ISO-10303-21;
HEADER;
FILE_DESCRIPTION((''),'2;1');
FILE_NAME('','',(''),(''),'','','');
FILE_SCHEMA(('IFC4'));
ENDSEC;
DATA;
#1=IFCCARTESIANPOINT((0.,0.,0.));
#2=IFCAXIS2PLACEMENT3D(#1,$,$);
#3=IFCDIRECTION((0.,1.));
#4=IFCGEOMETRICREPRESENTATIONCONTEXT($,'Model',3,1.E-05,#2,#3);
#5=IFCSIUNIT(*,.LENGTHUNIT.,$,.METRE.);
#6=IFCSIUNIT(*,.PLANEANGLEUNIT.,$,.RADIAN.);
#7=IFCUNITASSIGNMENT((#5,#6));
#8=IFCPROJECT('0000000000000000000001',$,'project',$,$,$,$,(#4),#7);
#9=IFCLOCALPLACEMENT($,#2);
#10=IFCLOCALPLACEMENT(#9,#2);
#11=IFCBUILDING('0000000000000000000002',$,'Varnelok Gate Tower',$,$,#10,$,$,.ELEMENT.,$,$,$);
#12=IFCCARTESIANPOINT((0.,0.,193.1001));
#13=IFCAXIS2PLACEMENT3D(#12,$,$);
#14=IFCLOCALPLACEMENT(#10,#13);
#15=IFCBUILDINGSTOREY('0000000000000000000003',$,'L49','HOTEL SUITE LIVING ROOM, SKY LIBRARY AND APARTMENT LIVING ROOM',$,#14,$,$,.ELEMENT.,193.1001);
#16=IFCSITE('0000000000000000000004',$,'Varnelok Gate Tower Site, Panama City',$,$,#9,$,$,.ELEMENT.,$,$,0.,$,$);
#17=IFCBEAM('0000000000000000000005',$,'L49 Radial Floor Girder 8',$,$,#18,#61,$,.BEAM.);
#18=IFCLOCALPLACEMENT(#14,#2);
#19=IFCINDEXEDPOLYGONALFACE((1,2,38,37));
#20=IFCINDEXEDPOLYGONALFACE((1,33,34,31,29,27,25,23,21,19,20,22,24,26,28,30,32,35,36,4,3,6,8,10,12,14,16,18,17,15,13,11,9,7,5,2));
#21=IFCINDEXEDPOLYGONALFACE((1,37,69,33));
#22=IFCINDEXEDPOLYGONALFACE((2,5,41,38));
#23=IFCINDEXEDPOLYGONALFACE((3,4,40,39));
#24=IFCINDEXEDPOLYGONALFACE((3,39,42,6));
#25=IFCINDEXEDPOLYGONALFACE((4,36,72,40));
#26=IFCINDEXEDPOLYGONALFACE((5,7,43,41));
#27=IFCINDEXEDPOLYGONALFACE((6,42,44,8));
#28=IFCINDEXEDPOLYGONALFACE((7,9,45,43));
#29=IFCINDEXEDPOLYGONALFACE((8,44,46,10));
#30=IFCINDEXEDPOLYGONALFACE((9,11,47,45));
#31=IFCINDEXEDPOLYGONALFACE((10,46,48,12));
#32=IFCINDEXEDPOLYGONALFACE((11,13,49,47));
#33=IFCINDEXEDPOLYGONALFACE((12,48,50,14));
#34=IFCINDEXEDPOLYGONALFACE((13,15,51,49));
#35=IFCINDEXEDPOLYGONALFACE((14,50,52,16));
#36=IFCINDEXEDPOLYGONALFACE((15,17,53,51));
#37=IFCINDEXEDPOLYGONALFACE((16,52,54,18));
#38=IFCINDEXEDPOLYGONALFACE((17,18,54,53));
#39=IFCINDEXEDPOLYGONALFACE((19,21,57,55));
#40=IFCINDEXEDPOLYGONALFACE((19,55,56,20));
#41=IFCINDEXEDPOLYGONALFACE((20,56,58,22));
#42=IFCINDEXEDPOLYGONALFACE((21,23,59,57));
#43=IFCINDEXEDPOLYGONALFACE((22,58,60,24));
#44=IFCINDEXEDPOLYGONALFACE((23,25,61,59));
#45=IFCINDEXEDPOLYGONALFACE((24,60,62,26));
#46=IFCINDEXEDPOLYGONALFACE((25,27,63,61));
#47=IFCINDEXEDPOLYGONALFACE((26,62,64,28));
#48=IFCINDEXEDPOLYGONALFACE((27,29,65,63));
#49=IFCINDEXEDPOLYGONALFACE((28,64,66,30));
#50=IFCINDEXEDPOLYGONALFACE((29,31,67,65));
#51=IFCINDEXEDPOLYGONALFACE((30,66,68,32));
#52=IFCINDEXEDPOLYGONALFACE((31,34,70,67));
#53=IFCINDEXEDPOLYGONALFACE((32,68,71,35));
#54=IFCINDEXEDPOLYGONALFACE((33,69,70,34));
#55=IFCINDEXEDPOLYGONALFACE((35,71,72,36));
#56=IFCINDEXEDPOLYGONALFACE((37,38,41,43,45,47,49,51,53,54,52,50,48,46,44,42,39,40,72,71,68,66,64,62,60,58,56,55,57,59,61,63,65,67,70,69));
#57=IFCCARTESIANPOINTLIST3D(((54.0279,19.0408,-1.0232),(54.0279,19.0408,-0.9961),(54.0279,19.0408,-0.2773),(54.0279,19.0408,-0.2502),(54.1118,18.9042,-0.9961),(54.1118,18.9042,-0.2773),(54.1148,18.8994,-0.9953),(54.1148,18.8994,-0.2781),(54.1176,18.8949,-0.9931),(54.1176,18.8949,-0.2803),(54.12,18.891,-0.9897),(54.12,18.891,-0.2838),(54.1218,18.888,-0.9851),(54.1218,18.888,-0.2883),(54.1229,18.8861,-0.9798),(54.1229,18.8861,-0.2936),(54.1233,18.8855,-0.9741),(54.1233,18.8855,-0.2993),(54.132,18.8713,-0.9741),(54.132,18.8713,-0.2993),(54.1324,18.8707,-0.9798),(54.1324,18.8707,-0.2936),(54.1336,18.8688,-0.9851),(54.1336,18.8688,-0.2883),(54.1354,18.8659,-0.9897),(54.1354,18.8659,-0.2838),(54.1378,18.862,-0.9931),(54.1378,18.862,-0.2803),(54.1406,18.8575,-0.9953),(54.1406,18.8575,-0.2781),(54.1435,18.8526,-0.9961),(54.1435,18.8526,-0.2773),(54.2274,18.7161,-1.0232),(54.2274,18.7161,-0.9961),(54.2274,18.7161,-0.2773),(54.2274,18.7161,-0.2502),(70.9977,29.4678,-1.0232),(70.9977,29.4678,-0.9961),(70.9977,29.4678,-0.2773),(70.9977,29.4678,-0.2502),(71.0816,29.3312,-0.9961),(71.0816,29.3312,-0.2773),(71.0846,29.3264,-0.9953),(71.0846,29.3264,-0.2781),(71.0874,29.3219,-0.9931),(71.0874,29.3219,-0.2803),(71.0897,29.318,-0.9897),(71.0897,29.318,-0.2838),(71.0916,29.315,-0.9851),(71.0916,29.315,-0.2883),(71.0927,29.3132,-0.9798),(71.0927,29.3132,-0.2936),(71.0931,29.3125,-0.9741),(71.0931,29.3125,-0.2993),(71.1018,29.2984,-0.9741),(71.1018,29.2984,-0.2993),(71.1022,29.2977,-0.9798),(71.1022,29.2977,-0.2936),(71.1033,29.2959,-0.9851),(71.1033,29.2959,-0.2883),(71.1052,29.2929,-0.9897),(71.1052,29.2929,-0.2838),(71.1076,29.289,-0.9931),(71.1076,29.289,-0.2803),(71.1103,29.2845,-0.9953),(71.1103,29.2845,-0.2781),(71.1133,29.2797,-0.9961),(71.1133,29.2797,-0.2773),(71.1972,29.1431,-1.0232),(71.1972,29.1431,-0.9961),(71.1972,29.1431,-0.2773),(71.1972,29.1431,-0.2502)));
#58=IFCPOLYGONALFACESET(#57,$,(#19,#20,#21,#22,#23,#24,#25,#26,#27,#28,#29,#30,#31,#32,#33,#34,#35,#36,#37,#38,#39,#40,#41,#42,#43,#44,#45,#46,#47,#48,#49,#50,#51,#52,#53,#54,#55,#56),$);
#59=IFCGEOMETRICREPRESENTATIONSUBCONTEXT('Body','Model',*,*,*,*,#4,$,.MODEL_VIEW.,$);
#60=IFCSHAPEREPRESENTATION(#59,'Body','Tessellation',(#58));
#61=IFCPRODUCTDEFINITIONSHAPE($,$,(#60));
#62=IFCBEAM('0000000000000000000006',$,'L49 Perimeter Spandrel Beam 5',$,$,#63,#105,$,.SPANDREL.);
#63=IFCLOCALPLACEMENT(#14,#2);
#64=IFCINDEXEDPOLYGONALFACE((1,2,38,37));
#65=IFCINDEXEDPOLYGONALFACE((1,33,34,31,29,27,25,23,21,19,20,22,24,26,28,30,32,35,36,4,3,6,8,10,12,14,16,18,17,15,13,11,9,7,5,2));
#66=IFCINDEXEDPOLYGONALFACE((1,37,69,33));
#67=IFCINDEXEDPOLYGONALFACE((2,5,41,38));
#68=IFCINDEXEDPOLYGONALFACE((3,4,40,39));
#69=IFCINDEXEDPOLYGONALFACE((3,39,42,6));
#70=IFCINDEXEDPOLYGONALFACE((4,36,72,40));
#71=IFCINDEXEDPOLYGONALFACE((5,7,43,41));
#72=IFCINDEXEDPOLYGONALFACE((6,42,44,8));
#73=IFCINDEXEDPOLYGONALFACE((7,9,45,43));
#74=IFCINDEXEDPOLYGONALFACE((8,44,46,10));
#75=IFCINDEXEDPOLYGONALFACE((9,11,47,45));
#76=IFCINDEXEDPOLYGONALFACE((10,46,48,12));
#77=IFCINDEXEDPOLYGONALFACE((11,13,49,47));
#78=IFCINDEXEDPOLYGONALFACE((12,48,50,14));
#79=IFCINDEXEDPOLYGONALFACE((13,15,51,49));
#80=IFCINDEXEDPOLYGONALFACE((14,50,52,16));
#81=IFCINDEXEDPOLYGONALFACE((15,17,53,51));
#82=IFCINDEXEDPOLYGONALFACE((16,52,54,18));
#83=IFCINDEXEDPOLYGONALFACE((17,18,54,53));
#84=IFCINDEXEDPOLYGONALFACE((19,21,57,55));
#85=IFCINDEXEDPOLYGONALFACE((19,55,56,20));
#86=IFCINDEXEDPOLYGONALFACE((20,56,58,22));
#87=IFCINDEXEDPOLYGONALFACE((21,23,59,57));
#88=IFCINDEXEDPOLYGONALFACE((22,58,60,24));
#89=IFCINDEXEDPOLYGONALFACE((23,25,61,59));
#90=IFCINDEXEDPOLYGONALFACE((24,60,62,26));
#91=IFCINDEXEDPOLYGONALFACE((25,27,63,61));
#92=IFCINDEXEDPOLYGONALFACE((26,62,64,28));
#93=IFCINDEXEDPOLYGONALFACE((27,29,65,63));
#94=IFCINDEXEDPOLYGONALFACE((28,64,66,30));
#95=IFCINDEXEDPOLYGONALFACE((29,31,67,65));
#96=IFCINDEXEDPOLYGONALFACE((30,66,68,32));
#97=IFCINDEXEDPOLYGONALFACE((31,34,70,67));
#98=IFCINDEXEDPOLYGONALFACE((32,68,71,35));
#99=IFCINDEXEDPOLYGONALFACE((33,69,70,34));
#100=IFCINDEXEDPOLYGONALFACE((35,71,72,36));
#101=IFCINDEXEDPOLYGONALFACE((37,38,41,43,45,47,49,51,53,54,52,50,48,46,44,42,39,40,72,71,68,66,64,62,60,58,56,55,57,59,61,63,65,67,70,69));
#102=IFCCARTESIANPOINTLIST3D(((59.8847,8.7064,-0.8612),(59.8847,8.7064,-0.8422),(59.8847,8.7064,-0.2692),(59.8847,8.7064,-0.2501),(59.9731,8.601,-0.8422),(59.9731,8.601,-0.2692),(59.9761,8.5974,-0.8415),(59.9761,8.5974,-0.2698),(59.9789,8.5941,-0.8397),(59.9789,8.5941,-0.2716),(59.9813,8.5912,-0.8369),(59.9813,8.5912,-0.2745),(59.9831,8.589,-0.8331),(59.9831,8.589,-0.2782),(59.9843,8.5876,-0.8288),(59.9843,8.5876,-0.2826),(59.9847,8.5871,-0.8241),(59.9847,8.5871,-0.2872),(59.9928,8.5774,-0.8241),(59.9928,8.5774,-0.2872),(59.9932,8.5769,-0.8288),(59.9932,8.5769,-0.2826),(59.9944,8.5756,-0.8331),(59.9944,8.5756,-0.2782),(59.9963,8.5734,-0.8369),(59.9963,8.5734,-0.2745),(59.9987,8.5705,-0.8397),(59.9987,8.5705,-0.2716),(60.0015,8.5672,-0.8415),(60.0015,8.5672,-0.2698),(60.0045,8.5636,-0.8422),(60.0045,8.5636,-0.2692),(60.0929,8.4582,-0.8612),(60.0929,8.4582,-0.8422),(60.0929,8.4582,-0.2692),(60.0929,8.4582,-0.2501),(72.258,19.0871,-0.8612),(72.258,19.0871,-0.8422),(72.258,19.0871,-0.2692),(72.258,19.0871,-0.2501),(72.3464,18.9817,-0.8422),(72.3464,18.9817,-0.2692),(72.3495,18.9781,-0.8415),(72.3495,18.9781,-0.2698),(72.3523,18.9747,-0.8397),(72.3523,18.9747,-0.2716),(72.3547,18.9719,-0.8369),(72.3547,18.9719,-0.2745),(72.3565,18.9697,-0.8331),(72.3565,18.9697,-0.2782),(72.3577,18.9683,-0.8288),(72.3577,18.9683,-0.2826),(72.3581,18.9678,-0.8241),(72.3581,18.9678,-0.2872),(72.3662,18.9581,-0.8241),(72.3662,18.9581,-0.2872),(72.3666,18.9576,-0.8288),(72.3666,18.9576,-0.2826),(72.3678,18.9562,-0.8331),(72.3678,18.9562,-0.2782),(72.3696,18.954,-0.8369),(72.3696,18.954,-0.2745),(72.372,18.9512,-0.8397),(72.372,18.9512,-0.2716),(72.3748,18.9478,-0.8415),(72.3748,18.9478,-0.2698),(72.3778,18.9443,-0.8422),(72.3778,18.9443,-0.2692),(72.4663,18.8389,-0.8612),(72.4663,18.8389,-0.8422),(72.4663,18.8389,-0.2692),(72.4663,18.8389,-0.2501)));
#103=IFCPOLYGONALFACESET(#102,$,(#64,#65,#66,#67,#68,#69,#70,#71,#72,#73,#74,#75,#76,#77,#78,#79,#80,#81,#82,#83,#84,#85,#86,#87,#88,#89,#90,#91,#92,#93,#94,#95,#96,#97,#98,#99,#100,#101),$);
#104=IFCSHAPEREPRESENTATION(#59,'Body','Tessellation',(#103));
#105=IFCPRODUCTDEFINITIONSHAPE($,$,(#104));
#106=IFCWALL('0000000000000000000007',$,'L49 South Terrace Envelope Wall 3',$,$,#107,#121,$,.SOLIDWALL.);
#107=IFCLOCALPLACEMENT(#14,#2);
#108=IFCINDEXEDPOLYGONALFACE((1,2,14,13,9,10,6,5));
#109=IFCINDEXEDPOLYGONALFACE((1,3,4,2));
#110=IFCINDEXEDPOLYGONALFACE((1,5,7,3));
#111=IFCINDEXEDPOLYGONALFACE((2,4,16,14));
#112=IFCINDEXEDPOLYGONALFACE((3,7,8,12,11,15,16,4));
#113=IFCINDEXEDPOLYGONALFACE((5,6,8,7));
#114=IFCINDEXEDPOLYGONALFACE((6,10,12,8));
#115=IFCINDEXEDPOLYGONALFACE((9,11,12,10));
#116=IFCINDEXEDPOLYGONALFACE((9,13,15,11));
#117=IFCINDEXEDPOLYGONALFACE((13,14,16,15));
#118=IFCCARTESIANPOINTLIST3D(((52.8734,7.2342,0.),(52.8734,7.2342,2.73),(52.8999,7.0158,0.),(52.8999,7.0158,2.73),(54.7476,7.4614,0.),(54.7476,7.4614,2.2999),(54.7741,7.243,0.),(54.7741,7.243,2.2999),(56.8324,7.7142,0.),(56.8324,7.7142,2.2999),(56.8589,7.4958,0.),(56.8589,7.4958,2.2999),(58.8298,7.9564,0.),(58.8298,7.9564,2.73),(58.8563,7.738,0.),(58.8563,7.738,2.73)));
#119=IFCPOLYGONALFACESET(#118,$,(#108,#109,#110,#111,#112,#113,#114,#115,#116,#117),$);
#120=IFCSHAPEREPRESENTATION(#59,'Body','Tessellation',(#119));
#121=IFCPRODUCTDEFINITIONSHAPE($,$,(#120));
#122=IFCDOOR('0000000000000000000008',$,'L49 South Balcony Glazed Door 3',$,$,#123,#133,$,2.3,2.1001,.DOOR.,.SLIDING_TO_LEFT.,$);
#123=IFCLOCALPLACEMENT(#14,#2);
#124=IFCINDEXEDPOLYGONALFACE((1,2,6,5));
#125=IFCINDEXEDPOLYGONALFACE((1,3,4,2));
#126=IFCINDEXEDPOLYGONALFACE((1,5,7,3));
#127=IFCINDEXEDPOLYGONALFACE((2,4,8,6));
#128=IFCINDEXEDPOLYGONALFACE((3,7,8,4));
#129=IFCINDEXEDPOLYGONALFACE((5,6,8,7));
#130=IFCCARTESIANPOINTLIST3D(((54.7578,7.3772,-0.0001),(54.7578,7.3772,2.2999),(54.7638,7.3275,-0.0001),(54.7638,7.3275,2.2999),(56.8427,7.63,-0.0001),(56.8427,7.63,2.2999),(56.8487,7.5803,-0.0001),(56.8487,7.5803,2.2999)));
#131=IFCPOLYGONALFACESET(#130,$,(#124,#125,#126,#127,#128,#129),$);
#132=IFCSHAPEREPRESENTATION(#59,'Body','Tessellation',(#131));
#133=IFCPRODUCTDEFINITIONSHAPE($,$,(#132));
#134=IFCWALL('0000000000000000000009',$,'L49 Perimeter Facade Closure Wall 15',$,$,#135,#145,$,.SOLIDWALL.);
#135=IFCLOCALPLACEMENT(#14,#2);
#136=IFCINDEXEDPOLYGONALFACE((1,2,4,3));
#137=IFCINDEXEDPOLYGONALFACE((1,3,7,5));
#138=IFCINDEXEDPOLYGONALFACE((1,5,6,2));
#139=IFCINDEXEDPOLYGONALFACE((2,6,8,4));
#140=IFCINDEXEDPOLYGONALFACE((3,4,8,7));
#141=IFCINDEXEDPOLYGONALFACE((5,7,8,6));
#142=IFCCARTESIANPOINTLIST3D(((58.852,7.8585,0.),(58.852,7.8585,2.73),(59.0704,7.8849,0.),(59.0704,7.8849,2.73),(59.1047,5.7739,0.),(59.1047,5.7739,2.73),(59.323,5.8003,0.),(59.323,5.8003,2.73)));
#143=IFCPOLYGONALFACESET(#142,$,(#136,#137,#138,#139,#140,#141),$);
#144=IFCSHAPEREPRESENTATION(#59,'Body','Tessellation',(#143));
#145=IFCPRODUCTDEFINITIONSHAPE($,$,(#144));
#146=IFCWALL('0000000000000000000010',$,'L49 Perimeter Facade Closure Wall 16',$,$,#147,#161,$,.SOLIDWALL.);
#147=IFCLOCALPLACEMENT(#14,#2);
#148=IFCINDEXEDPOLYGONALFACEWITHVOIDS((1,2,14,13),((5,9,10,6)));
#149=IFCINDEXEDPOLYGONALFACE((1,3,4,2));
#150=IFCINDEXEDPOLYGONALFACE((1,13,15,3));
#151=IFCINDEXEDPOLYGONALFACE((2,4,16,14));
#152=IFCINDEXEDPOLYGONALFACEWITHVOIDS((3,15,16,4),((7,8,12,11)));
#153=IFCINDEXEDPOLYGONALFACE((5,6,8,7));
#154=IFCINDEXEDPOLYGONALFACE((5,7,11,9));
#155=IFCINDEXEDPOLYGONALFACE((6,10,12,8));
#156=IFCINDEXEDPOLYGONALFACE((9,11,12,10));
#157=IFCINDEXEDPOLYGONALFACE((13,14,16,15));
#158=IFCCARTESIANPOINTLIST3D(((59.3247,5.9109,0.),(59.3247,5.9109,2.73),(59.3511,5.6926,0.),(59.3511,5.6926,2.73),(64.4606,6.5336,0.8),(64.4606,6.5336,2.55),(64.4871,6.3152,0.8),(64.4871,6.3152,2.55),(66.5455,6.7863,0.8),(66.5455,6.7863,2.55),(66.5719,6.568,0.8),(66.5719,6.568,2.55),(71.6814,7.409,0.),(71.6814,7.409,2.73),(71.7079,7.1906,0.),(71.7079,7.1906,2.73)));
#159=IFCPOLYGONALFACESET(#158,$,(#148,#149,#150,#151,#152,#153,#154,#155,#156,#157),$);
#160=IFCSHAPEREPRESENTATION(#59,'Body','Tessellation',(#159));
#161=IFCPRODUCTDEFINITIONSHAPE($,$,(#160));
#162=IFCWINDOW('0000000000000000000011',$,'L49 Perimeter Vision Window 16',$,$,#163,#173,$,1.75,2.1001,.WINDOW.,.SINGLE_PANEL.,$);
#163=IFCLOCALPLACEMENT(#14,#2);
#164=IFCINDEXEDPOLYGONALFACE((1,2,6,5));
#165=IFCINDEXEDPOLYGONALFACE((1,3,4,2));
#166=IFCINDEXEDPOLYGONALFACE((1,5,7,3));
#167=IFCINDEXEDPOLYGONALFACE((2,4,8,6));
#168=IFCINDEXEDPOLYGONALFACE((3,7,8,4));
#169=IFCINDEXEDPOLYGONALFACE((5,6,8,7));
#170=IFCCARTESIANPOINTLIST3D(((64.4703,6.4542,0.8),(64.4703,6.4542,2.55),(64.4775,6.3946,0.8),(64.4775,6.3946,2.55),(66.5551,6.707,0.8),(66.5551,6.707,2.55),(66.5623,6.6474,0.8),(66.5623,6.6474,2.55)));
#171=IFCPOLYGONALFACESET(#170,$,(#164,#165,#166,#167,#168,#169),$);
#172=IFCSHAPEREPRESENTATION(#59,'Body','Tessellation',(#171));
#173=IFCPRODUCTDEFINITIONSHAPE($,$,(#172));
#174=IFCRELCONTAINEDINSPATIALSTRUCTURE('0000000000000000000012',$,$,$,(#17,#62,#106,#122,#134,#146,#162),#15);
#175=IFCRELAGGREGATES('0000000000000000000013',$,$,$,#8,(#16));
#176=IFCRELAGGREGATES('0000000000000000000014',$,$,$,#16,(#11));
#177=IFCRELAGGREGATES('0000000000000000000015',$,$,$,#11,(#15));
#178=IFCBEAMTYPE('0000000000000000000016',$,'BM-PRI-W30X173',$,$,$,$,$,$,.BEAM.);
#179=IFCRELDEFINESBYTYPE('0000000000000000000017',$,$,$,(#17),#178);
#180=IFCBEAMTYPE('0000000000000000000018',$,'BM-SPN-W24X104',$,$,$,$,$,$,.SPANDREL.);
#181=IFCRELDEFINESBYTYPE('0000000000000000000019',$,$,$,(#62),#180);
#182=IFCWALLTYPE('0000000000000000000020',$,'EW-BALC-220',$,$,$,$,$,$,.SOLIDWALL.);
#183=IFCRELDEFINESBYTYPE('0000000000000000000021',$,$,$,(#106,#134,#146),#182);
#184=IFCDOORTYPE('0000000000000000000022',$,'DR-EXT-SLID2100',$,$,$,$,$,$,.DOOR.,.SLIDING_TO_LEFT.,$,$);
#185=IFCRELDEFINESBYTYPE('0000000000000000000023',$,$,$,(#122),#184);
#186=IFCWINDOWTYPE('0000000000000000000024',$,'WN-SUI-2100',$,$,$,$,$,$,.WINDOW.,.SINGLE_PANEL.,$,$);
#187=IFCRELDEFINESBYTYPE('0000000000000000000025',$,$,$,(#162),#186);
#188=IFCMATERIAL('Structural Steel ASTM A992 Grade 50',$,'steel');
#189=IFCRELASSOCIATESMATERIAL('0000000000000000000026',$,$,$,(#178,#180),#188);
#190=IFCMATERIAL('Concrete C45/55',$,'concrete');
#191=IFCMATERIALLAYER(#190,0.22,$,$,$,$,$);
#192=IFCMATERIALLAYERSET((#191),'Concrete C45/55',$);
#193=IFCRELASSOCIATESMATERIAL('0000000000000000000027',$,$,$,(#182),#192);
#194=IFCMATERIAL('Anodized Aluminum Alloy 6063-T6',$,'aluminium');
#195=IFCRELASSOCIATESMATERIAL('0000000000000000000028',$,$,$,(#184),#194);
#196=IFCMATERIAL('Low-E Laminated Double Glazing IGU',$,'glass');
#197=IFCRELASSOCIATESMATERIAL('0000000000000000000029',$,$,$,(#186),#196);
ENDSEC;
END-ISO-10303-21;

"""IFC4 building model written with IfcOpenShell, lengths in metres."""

from ifc_helpers import new_model, si_unit, direction, frame, frame_2d, origin, origin_2d, place, context, subcontext, project, spatial, rectangle, i_section, extrude, material, layer, layer_set, material_profile, profile_set, type_object, element, fill, save


model = new_model("IFC4")

# Units and contexts
model_context = context("Model", 3, precision=1e-05, world=origin(), true_north=direction((0.0, 1.0)))
body_context = subcontext(model_context, "Body", "Model", "MODEL_VIEW")
ifc_project = project(units=[si_unit("LENGTHUNIT", "METRE"), si_unit("PLANEANGLEUNIT", "RADIAN")], contexts=[model_context])

# Site, building, storey
site_placement = place(None, origin())
site = spatial("IfcSite", under=ifc_project, at=site_placement, Name="Varnelok Gate Tower Site, Panama City", CompositionType="ELEMENT", RefElevation=0.0)
building_placement = place(site_placement, origin())
building = spatial("IfcBuilding", under=site, at=building_placement, Name="Varnelok Gate Tower", CompositionType="ELEMENT")
storey_placement = place(building_placement, frame((0.0, 0.0, 193.1001)))
storey = spatial("IfcBuildingStorey", under=building, at=storey_placement, Name="L49", Description="HOTEL SUITE LIVING ROOM, SKY LIBRARY AND APARTMENT LIVING ROOM", CompositionType="ELEMENT", Elevation=193.1001)

# Shared definitions
ifc_material_1 = material(Name="Structural Steel ASTM A992 Grade 50", Category="steel")

# Beams
ifc_material_profile_1 = material_profile(ifc_material_1, i_section(OverallWidth=0.3811, OverallDepth=0.7729, WebThickness=0.0166, FlangeThickness=0.0271, FilletRadius=0.022, at=origin_2d()), Name="W30X173")
ifc_profile_set_1 = profile_set([ifc_material_profile_1], Name="Structural Steel ASTM A992 Grade 50")
beam_type_1 = type_object("IfcBeamType", Name="BM-PRI-W30X173", PredefinedType="BEAM", material=ifc_profile_set_1)
beam_1_placement = place(storey_placement, frame((54.1277, 18.8784, -0.6367), z_axis=(0.852015, 0.523518, 0.0), x_axis=(-0.523518, 0.852015, 0.0)))
element("IfcBeam", 1, at=beam_1_placement, inside=storey, type_object=beam_type_1, Name="L49 Radial Floor Girder 8", PredefinedType="BEAM", context=body_context, shape_type="SweptSolid", body=[
    extrude(i_section(OverallWidth=0.3811, OverallDepth=0.7729, WebThickness=0.0166, FlangeThickness=0.0271, FilletRadius=0.022, at=origin_2d()), origin(), (0.0, 0.0, 1.0), 19.9172),
])
ifc_material_profile_2 = material_profile(ifc_material_1, i_section(OverallWidth=0.324, OverallDepth=0.6111, WebThickness=0.0127, FlangeThickness=0.019, FilletRadius=0.0181, at=origin_2d()), Name="W24X104")
ifc_profile_set_2 = profile_set([ifc_material_profile_2], Name="Structural Steel ASTM A992 Grade 50")
beam_type_2 = type_object("IfcBeamType", Name="BM-SPN-W24X104", PredefinedType="SPANDREL", material=ifc_profile_set_2)
beam_2_placement = place(storey_placement, frame((59.9888, 8.5823, -0.5557), z_axis=(0.7661, 0.642722, 0.0), x_axis=(-0.642722, 0.7661, 0.0)))
element("IfcBeam", 2, at=beam_2_placement, inside=storey, type_object=beam_type_2, Name="L49 Perimeter Spandrel Beam 5", PredefinedType="SPANDREL", context=body_context, shape_type="SweptSolid", body=[
    extrude(i_section(OverallWidth=0.324, OverallDepth=0.6111, WebThickness=0.0127, FlangeThickness=0.019, FilletRadius=0.0181, at=origin_2d()), origin(), (0.0, 0.0, 1.0), 16.1511),
])

# Wall, opening, door
ifc_material_2 = material(Name="Concrete C45/55", Category="concrete")
ifc_layer_1 = layer(ifc_material_2, 0.22)
ifc_layer_set_1 = layer_set([ifc_layer_1], Name="Concrete C45/55")
wall_type_1 = type_object("IfcWallType", Name="EW-BALC-220", PredefinedType="SOLIDWALL", material=ifc_layer_set_1)
wall_1_placement = place(storey_placement, frame((58.843, 7.8472, 0.0), z_axis=(0.0, 0.0, 1.0), x_axis=(-0.99273, -0.120363, 0.0)))
wall_1 = element("IfcWall", 3, at=wall_1_placement, inside=storey, type_object=wall_type_1, Name="L49 South Terrace Envelope Wall 3", PredefinedType="SOLIDWALL", context=body_context, shape_type="SweptSolid", body=[
    extrude(rectangle(XDim=6.0, YDim=0.22, at=frame_2d((3.0, 0.0))), origin(), (0.0, 0.0, 1.0), 2.73),
])
opening_1_placement = place(wall_1_placement, frame((2.012, 0.0, 0.0)))
opening_1 = element("IfcOpeningElement", 4, at=opening_1_placement, cuts=wall_1, PredefinedType="OPENING", context=body_context, shape_type="SweptSolid", body=[
    extrude(rectangle(XDim=2.1001, YDim=2.3, at=frame_2d((1.05, 1.1499))), frame((0.0, 0.1199, 0.0), z_axis=(0.0, -1.0, 0.0), x_axis=(1.0, 0.0, 0.0)), (0.0, 0.0, 1.0), 0.24),
])
ifc_material_3 = material(Name="Anodized Aluminum Alloy 6063-T6", Category="aluminium")
door_type_1 = type_object("IfcDoorType", Name="DR-EXT-SLID2100", OperationType="SLIDING_TO_LEFT", PredefinedType="DOOR", material=ifc_material_3)
door_1_placement = place(opening_1_placement, origin())
door_1 = element("IfcDoor", 5, at=door_1_placement, inside=storey, type_object=door_type_1, Name="L49 South Balcony Glazed Door 3", OperationType="SLIDING_TO_LEFT", OverallHeight=2.3, OverallWidth=2.1001, PredefinedType="DOOR", context=body_context, shape_type="SweptSolid", body=[
    extrude(rectangle(XDim=2.1001, YDim=2.3, at=frame_2d((1.05, 1.1499))), frame((0.0, 0.0249, 0.0), z_axis=(0.0, -1.0, 0.0), x_axis=(1.0, 0.0, 0.0)), (0.0, 0.0, 1.0), 0.05),
])
fill(opening_1, door_1)

# Wall
wall_2_placement = place(storey_placement, frame((58.9612, 7.8716, 0.0), z_axis=(0.0, 0.0, 1.0), x_axis=(0.120328, -0.992734, 0.0)))
element("IfcWall", 6, at=wall_2_placement, inside=storey, type_object=wall_type_1, Name="L49 Perimeter Facade Closure Wall 15", PredefinedType="SOLIDWALL", context=body_context, shape_type="SweptSolid", body=[
    extrude(rectangle(XDim=2.0999, YDim=0.22, at=frame_2d((1.0498, 0.0))), origin(), (0.0, 0.0, 1.0), 2.73),
])

# Wall, opening, window
wall_3_placement = place(storey_placement, frame((59.3379, 5.8018, 0.0), z_axis=(0.0, 0.0, 1.0), x_axis=(0.992731, 0.120352, 0.0)))
wall_3 = element("IfcWall", 7, at=wall_3_placement, inside=storey, type_object=wall_type_1, Name="L49 Perimeter Facade Closure Wall 16", PredefinedType="SOLIDWALL", context=body_context, shape_type="SweptSolid", body=[
    extrude(rectangle(XDim=12.4473, YDim=0.22, at=frame_2d((6.2236, 0.0))), origin(), (0.0, 0.0, 1.0), 2.73),
])
opening_2_placement = place(wall_3_placement, frame((5.1736, 0.0, 0.8)))
opening_2 = element("IfcOpeningElement", 8, at=opening_2_placement, cuts=wall_3, PredefinedType="OPENING", context=body_context, shape_type="SweptSolid", body=[
    extrude(rectangle(XDim=2.1001, YDim=1.75, at=frame_2d((1.05, 0.875))), frame((0.0, 0.1199, 0.0), z_axis=(0.0, -1.0, 0.0), x_axis=(1.0, 0.0, 0.0)), (0.0, 0.0, 1.0), 0.24),
])
ifc_material_4 = material(Name="Low-E Laminated Double Glazing IGU", Category="glass")
window_type = type_object("IfcWindowType", Name="WN-SUI-2100", PartitioningType="SINGLE_PANEL", PredefinedType="WINDOW", material=ifc_material_4)
window_placement = place(opening_2_placement, origin())
window = element("IfcWindow", 9, at=window_placement, inside=storey, type_object=window_type, Name="L49 Perimeter Vision Window 16", OverallHeight=1.75, OverallWidth=2.1001, PartitioningType="SINGLE_PANEL", PredefinedType="WINDOW", context=body_context, shape_type="SweptSolid", body=[
    extrude(rectangle(XDim=2.1001, YDim=1.75, at=frame_2d((1.05, 0.875))), frame((0.0, 0.03, 0.0), z_axis=(0.0, -1.0, 0.0), x_axis=(1.0, 0.0, 0.0)), (0.0, 0.0, 1.0), 0.0601),
])
fill(opening_2, window)

save(model, "model.ifc")
